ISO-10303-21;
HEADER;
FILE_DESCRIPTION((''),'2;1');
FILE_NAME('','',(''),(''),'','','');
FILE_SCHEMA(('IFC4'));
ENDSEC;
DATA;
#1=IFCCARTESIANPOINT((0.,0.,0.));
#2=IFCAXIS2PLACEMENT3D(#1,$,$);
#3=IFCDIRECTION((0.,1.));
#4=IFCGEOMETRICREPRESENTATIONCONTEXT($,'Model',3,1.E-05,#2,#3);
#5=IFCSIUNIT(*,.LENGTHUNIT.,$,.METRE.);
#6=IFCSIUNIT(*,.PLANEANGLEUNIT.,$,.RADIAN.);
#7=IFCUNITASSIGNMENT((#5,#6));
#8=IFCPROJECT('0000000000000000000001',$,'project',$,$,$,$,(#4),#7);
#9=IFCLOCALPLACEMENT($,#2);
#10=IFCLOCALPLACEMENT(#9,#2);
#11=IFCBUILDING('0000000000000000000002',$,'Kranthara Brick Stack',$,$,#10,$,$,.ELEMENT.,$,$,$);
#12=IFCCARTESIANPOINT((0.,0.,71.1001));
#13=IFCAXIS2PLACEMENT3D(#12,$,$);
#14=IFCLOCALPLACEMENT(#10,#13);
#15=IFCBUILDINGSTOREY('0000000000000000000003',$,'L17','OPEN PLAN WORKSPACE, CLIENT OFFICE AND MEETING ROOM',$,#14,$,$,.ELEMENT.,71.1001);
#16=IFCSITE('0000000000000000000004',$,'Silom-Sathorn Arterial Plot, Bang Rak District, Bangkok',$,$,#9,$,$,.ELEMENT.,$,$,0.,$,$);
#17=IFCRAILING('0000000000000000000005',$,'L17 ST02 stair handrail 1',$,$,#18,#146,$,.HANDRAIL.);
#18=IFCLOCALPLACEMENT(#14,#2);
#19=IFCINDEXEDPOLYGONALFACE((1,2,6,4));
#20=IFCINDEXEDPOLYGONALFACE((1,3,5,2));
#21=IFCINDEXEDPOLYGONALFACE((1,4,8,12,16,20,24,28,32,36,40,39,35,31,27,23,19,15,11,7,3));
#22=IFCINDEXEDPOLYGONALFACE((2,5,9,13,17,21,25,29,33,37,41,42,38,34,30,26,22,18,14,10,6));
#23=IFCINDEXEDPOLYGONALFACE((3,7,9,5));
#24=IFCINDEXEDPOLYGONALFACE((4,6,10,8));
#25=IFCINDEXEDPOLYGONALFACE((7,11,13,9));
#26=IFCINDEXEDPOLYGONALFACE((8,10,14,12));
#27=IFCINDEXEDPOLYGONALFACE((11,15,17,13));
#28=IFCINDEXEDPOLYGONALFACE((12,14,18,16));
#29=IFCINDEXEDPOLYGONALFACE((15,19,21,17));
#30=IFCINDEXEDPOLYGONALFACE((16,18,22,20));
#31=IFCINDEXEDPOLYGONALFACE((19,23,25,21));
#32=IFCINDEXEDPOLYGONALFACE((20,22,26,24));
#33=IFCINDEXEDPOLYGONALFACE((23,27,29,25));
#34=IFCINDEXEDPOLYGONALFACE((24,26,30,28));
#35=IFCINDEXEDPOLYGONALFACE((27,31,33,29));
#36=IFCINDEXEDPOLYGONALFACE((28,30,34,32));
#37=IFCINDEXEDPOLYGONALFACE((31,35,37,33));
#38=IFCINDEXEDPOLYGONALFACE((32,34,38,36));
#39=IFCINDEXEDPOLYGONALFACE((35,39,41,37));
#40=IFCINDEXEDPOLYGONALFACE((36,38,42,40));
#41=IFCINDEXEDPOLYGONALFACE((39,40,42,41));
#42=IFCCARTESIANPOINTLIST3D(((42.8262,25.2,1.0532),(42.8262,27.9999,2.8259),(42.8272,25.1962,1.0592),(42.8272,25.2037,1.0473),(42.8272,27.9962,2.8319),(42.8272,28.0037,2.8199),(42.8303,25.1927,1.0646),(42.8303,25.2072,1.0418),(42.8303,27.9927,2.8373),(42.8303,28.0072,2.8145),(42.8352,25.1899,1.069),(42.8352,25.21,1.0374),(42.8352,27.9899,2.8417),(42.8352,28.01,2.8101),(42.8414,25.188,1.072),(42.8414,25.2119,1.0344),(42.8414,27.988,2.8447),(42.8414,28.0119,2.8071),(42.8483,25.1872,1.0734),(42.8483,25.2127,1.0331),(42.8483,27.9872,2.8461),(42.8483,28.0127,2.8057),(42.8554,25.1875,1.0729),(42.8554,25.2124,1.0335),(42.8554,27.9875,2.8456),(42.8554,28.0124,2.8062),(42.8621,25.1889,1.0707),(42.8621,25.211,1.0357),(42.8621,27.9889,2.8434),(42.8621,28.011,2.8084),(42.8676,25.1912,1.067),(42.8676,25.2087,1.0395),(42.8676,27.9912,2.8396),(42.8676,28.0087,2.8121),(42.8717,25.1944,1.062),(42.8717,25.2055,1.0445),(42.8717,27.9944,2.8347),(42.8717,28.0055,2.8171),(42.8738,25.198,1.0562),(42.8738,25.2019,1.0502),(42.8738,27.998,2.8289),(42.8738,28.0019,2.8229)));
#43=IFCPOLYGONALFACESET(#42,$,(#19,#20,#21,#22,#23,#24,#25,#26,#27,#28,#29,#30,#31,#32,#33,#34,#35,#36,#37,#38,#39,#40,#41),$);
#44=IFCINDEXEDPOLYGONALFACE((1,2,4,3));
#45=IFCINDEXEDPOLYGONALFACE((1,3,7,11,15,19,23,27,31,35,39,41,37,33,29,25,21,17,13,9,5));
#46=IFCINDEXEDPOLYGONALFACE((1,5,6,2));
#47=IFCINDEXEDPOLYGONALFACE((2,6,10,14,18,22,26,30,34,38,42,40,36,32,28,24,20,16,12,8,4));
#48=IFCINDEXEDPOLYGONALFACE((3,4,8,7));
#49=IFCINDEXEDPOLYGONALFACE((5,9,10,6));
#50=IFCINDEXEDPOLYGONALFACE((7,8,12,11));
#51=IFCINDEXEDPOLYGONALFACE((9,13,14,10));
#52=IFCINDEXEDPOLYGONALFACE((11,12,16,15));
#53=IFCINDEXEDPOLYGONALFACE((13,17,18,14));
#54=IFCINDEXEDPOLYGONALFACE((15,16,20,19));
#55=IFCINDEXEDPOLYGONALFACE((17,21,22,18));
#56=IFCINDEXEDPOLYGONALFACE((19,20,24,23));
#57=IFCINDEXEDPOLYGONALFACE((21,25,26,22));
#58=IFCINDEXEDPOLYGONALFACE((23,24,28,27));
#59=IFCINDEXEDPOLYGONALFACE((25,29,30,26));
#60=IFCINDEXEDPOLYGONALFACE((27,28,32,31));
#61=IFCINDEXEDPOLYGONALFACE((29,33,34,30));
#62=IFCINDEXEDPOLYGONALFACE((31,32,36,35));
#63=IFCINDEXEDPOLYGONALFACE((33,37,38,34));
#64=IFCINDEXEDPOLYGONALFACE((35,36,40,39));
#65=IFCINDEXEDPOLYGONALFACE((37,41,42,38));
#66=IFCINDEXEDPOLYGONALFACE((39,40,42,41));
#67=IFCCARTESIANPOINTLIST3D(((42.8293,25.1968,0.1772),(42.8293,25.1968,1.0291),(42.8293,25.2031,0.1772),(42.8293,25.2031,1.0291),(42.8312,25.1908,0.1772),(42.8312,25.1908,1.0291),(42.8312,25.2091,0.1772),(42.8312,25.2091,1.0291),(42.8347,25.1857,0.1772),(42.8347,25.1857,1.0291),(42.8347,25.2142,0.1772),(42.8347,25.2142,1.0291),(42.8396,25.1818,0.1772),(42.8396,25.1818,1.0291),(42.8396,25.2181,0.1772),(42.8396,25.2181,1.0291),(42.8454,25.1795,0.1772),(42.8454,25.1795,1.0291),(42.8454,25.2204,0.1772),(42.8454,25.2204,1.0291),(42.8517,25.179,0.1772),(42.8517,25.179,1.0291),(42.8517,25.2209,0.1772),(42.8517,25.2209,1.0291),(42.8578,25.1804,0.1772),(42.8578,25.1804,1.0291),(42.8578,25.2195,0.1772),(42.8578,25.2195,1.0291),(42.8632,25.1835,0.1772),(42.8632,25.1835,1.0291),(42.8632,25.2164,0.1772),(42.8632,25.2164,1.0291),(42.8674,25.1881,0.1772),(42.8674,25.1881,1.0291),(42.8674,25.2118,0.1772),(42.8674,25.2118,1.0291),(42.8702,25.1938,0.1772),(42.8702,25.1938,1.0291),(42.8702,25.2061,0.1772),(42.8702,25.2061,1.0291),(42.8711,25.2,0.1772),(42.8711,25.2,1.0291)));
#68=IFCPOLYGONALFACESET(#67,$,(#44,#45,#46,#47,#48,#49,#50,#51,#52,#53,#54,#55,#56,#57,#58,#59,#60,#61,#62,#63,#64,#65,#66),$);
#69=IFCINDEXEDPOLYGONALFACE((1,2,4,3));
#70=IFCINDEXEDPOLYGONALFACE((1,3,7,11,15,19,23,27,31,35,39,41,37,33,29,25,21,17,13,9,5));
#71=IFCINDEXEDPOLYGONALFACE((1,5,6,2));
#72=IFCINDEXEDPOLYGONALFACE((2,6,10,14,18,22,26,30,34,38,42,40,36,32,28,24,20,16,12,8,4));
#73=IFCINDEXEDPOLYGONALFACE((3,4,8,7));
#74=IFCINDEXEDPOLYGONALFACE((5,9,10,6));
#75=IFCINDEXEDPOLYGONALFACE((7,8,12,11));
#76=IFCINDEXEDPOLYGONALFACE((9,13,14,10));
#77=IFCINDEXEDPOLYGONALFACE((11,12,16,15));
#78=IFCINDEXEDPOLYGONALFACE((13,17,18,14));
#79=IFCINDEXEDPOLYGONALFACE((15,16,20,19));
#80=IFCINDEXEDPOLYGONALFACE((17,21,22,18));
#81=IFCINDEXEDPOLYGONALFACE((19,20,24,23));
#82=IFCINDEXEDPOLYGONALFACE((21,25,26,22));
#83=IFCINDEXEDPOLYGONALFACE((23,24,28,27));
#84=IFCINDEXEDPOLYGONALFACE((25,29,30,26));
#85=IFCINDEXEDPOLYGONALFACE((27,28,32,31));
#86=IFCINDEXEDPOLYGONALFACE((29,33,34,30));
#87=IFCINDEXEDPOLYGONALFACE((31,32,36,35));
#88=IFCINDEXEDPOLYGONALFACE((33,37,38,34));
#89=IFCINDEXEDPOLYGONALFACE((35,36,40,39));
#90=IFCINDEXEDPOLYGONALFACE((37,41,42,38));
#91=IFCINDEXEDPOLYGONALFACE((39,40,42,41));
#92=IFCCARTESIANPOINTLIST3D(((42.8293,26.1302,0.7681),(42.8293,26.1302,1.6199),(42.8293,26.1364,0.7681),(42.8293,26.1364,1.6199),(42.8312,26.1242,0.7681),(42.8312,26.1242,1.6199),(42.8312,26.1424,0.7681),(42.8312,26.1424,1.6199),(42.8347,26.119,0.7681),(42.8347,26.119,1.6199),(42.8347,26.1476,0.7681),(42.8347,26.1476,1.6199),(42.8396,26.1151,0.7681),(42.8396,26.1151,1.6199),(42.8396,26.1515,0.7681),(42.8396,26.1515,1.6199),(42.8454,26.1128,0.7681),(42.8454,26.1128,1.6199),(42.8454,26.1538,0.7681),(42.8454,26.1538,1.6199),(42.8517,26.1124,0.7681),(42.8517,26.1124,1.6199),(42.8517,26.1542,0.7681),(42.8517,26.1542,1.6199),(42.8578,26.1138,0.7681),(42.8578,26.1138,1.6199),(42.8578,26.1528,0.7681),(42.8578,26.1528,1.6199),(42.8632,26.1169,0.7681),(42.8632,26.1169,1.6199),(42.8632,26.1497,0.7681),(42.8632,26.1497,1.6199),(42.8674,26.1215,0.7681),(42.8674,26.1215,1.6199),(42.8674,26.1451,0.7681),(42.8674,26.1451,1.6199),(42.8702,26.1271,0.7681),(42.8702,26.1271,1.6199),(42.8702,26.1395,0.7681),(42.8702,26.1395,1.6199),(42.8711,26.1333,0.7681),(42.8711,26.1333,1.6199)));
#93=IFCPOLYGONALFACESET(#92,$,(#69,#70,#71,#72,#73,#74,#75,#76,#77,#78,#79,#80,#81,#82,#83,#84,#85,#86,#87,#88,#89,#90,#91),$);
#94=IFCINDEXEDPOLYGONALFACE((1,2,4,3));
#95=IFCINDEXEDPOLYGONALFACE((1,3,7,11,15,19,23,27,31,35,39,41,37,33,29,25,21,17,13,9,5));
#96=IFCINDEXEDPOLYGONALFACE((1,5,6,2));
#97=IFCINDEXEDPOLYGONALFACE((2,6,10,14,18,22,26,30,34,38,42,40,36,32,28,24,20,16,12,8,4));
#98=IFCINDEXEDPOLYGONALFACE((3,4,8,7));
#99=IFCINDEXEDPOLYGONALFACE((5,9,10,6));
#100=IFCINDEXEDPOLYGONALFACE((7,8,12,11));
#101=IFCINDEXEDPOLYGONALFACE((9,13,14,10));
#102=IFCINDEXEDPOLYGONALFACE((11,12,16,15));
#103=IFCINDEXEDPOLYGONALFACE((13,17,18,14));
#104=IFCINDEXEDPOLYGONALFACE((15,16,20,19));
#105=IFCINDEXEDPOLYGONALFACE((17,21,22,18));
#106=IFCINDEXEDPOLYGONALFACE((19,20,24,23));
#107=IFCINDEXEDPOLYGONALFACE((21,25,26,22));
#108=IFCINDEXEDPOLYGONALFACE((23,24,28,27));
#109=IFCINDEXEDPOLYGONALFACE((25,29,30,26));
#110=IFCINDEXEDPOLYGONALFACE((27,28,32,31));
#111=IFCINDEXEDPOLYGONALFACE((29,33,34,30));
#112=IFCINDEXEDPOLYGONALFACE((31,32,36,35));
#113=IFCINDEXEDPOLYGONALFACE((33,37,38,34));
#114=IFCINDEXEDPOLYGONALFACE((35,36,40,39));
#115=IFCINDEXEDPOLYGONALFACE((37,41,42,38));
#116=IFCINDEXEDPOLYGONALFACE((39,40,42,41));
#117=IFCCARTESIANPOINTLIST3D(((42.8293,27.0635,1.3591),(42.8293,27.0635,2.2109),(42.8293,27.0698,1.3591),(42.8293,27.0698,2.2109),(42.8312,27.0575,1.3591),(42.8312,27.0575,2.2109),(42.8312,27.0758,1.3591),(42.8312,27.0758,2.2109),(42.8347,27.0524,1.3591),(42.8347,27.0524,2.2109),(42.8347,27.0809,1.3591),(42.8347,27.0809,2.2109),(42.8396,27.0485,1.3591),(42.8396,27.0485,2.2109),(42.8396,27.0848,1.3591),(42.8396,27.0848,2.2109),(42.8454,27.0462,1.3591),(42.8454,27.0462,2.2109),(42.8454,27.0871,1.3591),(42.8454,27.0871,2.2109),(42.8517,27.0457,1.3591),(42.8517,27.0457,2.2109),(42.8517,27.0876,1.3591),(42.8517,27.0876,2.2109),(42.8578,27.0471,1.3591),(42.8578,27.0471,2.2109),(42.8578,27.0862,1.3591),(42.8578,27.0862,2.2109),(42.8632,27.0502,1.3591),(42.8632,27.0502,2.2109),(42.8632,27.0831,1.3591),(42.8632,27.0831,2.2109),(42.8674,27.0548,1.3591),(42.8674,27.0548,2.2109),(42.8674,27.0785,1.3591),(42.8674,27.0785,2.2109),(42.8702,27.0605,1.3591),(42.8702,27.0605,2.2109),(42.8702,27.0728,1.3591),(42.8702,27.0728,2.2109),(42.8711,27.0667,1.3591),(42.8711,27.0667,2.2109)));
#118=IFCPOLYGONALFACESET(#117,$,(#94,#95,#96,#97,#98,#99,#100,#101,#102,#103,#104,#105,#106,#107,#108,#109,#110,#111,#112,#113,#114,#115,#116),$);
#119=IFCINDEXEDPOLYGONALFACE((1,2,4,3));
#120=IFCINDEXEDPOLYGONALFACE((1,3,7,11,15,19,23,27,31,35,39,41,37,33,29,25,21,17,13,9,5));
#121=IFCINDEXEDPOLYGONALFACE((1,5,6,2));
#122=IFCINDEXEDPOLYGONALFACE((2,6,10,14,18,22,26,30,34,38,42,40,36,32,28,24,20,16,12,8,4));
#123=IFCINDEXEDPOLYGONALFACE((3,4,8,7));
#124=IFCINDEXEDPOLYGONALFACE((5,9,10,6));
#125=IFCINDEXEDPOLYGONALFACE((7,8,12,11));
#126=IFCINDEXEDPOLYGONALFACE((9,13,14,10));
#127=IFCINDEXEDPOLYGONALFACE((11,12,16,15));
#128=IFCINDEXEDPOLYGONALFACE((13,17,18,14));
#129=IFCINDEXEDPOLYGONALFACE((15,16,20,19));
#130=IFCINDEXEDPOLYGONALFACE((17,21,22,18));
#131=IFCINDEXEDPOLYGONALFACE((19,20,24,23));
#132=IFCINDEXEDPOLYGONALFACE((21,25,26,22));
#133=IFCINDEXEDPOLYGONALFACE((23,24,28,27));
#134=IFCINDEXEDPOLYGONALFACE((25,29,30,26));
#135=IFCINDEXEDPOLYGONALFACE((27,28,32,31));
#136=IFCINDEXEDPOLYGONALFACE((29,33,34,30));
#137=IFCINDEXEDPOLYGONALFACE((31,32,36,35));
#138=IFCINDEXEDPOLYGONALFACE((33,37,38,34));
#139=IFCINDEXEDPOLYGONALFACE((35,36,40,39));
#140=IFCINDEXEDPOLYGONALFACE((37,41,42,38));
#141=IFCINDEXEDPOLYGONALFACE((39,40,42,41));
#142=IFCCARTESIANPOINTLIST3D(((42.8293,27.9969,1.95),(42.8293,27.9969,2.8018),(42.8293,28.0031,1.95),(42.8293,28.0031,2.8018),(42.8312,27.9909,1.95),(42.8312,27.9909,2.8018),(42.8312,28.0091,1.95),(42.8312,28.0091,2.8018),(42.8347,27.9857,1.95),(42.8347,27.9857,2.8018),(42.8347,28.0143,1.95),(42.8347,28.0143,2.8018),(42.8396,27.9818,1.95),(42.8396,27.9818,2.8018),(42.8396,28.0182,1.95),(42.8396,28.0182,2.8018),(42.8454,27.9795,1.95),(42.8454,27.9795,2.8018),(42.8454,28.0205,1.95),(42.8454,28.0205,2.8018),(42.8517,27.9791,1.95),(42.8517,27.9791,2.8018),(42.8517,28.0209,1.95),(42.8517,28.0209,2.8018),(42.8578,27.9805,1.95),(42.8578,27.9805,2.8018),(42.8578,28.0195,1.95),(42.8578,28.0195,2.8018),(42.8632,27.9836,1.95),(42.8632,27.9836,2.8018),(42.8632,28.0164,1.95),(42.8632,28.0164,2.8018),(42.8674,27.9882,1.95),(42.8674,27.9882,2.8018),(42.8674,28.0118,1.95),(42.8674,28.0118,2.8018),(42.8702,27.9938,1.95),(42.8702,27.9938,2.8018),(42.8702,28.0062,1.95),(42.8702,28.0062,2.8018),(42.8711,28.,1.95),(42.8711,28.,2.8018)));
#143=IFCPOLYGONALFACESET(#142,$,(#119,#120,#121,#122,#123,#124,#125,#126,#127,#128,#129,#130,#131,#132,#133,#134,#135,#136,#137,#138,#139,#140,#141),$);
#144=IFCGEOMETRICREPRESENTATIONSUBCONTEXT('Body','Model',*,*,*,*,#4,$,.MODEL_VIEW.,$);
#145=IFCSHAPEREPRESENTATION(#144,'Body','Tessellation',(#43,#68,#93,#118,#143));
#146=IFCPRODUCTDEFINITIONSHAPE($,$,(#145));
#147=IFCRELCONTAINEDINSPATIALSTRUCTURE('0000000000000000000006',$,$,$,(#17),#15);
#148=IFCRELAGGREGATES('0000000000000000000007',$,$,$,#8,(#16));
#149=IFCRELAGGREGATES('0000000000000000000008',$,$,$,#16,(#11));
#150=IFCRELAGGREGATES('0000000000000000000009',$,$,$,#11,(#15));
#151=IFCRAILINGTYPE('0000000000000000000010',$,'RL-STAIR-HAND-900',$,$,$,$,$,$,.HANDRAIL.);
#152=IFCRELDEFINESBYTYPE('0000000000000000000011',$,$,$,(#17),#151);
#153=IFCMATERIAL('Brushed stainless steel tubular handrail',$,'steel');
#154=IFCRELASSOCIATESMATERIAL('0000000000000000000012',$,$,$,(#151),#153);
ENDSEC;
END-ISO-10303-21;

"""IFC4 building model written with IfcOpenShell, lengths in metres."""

from ifc_helpers import new_model, si_unit, direction, frame, origin, origin_2d, place, context, subcontext, project, spatial, circle, extrude, material, type_object, element, save


model = new_model("IFC4")

# Units and contexts
model_context = context("Model", 3, precision=1e-05, world=origin(), true_north=direction((0.0, 1.0)))
body_context = subcontext(model_context, "Body", "Model", "MODEL_VIEW")
ifc_project = project(units=[si_unit("LENGTHUNIT", "METRE"), si_unit("PLANEANGLEUNIT", "RADIAN")], contexts=[model_context])

# Site, building, storey
site_placement = place(None, origin())
site = spatial("IfcSite", under=ifc_project, at=site_placement, Name="Silom-Sathorn Arterial Plot, Bang Rak District, Bangkok", CompositionType="ELEMENT", RefElevation=0.0)
building_placement = place(site_placement, origin())
building = spatial("IfcBuilding", under=site, at=building_placement, Name="Kranthara Brick Stack", CompositionType="ELEMENT")
storey_placement = place(building_placement, frame((0.0, 0.0, 71.1001)))
storey = spatial("IfcBuildingStorey", under=building, at=storey_placement, Name="L17", Description="OPEN PLAN WORKSPACE, CLIENT OFFICE AND MEETING ROOM", CompositionType="ELEMENT", Elevation=71.1001)

# Railing
ifc_material_1 = material(Name="Brushed stainless steel tubular handrail", Category="steel")
railing_type_1 = type_object("IfcRailingType", Name="RL-STAIR-HAND-900", PredefinedType="HANDRAIL", material=ifc_material_1)
railing_1_placement = place(storey_placement, frame((42.8501, 25.2, 0.1772)))
element("IfcRailing", 1, at=railing_1_placement, inside=storey, type_object=railing_type_1, Name="L17 ST02 stair handrail 1", PredefinedType="HANDRAIL", context=body_context, shape_type="SweptSolid", body=[
    extrude(circle(Radius=0.0239, at=origin_2d()), frame((0.0, 0.0, 0.876), z_axis=(0.0, 0.844909, 0.53491), x_axis=(-1.0, 0.0, 0.0)), (0.0, 0.0, 1.0), 3.314),
    extrude(circle(Radius=0.021, at=origin_2d()), origin(), (0.0, 0.0, 1.0), 0.8518),
    extrude(circle(Radius=0.021, at=origin_2d()), frame((0.0, 0.9333, 0.5908)), (0.0, 0.0, 1.0), 0.8518),
    extrude(circle(Radius=0.021, at=origin_2d()), frame((0.0, 1.8667, 1.1819)), (0.0, 0.0, 1.0), 0.8518),
    extrude(circle(Radius=0.021, at=origin_2d()), frame((0.0, 2.8, 1.7727)), (0.0, 0.0, 1.0), 0.8518),
])

save(model, "model.ifc")
